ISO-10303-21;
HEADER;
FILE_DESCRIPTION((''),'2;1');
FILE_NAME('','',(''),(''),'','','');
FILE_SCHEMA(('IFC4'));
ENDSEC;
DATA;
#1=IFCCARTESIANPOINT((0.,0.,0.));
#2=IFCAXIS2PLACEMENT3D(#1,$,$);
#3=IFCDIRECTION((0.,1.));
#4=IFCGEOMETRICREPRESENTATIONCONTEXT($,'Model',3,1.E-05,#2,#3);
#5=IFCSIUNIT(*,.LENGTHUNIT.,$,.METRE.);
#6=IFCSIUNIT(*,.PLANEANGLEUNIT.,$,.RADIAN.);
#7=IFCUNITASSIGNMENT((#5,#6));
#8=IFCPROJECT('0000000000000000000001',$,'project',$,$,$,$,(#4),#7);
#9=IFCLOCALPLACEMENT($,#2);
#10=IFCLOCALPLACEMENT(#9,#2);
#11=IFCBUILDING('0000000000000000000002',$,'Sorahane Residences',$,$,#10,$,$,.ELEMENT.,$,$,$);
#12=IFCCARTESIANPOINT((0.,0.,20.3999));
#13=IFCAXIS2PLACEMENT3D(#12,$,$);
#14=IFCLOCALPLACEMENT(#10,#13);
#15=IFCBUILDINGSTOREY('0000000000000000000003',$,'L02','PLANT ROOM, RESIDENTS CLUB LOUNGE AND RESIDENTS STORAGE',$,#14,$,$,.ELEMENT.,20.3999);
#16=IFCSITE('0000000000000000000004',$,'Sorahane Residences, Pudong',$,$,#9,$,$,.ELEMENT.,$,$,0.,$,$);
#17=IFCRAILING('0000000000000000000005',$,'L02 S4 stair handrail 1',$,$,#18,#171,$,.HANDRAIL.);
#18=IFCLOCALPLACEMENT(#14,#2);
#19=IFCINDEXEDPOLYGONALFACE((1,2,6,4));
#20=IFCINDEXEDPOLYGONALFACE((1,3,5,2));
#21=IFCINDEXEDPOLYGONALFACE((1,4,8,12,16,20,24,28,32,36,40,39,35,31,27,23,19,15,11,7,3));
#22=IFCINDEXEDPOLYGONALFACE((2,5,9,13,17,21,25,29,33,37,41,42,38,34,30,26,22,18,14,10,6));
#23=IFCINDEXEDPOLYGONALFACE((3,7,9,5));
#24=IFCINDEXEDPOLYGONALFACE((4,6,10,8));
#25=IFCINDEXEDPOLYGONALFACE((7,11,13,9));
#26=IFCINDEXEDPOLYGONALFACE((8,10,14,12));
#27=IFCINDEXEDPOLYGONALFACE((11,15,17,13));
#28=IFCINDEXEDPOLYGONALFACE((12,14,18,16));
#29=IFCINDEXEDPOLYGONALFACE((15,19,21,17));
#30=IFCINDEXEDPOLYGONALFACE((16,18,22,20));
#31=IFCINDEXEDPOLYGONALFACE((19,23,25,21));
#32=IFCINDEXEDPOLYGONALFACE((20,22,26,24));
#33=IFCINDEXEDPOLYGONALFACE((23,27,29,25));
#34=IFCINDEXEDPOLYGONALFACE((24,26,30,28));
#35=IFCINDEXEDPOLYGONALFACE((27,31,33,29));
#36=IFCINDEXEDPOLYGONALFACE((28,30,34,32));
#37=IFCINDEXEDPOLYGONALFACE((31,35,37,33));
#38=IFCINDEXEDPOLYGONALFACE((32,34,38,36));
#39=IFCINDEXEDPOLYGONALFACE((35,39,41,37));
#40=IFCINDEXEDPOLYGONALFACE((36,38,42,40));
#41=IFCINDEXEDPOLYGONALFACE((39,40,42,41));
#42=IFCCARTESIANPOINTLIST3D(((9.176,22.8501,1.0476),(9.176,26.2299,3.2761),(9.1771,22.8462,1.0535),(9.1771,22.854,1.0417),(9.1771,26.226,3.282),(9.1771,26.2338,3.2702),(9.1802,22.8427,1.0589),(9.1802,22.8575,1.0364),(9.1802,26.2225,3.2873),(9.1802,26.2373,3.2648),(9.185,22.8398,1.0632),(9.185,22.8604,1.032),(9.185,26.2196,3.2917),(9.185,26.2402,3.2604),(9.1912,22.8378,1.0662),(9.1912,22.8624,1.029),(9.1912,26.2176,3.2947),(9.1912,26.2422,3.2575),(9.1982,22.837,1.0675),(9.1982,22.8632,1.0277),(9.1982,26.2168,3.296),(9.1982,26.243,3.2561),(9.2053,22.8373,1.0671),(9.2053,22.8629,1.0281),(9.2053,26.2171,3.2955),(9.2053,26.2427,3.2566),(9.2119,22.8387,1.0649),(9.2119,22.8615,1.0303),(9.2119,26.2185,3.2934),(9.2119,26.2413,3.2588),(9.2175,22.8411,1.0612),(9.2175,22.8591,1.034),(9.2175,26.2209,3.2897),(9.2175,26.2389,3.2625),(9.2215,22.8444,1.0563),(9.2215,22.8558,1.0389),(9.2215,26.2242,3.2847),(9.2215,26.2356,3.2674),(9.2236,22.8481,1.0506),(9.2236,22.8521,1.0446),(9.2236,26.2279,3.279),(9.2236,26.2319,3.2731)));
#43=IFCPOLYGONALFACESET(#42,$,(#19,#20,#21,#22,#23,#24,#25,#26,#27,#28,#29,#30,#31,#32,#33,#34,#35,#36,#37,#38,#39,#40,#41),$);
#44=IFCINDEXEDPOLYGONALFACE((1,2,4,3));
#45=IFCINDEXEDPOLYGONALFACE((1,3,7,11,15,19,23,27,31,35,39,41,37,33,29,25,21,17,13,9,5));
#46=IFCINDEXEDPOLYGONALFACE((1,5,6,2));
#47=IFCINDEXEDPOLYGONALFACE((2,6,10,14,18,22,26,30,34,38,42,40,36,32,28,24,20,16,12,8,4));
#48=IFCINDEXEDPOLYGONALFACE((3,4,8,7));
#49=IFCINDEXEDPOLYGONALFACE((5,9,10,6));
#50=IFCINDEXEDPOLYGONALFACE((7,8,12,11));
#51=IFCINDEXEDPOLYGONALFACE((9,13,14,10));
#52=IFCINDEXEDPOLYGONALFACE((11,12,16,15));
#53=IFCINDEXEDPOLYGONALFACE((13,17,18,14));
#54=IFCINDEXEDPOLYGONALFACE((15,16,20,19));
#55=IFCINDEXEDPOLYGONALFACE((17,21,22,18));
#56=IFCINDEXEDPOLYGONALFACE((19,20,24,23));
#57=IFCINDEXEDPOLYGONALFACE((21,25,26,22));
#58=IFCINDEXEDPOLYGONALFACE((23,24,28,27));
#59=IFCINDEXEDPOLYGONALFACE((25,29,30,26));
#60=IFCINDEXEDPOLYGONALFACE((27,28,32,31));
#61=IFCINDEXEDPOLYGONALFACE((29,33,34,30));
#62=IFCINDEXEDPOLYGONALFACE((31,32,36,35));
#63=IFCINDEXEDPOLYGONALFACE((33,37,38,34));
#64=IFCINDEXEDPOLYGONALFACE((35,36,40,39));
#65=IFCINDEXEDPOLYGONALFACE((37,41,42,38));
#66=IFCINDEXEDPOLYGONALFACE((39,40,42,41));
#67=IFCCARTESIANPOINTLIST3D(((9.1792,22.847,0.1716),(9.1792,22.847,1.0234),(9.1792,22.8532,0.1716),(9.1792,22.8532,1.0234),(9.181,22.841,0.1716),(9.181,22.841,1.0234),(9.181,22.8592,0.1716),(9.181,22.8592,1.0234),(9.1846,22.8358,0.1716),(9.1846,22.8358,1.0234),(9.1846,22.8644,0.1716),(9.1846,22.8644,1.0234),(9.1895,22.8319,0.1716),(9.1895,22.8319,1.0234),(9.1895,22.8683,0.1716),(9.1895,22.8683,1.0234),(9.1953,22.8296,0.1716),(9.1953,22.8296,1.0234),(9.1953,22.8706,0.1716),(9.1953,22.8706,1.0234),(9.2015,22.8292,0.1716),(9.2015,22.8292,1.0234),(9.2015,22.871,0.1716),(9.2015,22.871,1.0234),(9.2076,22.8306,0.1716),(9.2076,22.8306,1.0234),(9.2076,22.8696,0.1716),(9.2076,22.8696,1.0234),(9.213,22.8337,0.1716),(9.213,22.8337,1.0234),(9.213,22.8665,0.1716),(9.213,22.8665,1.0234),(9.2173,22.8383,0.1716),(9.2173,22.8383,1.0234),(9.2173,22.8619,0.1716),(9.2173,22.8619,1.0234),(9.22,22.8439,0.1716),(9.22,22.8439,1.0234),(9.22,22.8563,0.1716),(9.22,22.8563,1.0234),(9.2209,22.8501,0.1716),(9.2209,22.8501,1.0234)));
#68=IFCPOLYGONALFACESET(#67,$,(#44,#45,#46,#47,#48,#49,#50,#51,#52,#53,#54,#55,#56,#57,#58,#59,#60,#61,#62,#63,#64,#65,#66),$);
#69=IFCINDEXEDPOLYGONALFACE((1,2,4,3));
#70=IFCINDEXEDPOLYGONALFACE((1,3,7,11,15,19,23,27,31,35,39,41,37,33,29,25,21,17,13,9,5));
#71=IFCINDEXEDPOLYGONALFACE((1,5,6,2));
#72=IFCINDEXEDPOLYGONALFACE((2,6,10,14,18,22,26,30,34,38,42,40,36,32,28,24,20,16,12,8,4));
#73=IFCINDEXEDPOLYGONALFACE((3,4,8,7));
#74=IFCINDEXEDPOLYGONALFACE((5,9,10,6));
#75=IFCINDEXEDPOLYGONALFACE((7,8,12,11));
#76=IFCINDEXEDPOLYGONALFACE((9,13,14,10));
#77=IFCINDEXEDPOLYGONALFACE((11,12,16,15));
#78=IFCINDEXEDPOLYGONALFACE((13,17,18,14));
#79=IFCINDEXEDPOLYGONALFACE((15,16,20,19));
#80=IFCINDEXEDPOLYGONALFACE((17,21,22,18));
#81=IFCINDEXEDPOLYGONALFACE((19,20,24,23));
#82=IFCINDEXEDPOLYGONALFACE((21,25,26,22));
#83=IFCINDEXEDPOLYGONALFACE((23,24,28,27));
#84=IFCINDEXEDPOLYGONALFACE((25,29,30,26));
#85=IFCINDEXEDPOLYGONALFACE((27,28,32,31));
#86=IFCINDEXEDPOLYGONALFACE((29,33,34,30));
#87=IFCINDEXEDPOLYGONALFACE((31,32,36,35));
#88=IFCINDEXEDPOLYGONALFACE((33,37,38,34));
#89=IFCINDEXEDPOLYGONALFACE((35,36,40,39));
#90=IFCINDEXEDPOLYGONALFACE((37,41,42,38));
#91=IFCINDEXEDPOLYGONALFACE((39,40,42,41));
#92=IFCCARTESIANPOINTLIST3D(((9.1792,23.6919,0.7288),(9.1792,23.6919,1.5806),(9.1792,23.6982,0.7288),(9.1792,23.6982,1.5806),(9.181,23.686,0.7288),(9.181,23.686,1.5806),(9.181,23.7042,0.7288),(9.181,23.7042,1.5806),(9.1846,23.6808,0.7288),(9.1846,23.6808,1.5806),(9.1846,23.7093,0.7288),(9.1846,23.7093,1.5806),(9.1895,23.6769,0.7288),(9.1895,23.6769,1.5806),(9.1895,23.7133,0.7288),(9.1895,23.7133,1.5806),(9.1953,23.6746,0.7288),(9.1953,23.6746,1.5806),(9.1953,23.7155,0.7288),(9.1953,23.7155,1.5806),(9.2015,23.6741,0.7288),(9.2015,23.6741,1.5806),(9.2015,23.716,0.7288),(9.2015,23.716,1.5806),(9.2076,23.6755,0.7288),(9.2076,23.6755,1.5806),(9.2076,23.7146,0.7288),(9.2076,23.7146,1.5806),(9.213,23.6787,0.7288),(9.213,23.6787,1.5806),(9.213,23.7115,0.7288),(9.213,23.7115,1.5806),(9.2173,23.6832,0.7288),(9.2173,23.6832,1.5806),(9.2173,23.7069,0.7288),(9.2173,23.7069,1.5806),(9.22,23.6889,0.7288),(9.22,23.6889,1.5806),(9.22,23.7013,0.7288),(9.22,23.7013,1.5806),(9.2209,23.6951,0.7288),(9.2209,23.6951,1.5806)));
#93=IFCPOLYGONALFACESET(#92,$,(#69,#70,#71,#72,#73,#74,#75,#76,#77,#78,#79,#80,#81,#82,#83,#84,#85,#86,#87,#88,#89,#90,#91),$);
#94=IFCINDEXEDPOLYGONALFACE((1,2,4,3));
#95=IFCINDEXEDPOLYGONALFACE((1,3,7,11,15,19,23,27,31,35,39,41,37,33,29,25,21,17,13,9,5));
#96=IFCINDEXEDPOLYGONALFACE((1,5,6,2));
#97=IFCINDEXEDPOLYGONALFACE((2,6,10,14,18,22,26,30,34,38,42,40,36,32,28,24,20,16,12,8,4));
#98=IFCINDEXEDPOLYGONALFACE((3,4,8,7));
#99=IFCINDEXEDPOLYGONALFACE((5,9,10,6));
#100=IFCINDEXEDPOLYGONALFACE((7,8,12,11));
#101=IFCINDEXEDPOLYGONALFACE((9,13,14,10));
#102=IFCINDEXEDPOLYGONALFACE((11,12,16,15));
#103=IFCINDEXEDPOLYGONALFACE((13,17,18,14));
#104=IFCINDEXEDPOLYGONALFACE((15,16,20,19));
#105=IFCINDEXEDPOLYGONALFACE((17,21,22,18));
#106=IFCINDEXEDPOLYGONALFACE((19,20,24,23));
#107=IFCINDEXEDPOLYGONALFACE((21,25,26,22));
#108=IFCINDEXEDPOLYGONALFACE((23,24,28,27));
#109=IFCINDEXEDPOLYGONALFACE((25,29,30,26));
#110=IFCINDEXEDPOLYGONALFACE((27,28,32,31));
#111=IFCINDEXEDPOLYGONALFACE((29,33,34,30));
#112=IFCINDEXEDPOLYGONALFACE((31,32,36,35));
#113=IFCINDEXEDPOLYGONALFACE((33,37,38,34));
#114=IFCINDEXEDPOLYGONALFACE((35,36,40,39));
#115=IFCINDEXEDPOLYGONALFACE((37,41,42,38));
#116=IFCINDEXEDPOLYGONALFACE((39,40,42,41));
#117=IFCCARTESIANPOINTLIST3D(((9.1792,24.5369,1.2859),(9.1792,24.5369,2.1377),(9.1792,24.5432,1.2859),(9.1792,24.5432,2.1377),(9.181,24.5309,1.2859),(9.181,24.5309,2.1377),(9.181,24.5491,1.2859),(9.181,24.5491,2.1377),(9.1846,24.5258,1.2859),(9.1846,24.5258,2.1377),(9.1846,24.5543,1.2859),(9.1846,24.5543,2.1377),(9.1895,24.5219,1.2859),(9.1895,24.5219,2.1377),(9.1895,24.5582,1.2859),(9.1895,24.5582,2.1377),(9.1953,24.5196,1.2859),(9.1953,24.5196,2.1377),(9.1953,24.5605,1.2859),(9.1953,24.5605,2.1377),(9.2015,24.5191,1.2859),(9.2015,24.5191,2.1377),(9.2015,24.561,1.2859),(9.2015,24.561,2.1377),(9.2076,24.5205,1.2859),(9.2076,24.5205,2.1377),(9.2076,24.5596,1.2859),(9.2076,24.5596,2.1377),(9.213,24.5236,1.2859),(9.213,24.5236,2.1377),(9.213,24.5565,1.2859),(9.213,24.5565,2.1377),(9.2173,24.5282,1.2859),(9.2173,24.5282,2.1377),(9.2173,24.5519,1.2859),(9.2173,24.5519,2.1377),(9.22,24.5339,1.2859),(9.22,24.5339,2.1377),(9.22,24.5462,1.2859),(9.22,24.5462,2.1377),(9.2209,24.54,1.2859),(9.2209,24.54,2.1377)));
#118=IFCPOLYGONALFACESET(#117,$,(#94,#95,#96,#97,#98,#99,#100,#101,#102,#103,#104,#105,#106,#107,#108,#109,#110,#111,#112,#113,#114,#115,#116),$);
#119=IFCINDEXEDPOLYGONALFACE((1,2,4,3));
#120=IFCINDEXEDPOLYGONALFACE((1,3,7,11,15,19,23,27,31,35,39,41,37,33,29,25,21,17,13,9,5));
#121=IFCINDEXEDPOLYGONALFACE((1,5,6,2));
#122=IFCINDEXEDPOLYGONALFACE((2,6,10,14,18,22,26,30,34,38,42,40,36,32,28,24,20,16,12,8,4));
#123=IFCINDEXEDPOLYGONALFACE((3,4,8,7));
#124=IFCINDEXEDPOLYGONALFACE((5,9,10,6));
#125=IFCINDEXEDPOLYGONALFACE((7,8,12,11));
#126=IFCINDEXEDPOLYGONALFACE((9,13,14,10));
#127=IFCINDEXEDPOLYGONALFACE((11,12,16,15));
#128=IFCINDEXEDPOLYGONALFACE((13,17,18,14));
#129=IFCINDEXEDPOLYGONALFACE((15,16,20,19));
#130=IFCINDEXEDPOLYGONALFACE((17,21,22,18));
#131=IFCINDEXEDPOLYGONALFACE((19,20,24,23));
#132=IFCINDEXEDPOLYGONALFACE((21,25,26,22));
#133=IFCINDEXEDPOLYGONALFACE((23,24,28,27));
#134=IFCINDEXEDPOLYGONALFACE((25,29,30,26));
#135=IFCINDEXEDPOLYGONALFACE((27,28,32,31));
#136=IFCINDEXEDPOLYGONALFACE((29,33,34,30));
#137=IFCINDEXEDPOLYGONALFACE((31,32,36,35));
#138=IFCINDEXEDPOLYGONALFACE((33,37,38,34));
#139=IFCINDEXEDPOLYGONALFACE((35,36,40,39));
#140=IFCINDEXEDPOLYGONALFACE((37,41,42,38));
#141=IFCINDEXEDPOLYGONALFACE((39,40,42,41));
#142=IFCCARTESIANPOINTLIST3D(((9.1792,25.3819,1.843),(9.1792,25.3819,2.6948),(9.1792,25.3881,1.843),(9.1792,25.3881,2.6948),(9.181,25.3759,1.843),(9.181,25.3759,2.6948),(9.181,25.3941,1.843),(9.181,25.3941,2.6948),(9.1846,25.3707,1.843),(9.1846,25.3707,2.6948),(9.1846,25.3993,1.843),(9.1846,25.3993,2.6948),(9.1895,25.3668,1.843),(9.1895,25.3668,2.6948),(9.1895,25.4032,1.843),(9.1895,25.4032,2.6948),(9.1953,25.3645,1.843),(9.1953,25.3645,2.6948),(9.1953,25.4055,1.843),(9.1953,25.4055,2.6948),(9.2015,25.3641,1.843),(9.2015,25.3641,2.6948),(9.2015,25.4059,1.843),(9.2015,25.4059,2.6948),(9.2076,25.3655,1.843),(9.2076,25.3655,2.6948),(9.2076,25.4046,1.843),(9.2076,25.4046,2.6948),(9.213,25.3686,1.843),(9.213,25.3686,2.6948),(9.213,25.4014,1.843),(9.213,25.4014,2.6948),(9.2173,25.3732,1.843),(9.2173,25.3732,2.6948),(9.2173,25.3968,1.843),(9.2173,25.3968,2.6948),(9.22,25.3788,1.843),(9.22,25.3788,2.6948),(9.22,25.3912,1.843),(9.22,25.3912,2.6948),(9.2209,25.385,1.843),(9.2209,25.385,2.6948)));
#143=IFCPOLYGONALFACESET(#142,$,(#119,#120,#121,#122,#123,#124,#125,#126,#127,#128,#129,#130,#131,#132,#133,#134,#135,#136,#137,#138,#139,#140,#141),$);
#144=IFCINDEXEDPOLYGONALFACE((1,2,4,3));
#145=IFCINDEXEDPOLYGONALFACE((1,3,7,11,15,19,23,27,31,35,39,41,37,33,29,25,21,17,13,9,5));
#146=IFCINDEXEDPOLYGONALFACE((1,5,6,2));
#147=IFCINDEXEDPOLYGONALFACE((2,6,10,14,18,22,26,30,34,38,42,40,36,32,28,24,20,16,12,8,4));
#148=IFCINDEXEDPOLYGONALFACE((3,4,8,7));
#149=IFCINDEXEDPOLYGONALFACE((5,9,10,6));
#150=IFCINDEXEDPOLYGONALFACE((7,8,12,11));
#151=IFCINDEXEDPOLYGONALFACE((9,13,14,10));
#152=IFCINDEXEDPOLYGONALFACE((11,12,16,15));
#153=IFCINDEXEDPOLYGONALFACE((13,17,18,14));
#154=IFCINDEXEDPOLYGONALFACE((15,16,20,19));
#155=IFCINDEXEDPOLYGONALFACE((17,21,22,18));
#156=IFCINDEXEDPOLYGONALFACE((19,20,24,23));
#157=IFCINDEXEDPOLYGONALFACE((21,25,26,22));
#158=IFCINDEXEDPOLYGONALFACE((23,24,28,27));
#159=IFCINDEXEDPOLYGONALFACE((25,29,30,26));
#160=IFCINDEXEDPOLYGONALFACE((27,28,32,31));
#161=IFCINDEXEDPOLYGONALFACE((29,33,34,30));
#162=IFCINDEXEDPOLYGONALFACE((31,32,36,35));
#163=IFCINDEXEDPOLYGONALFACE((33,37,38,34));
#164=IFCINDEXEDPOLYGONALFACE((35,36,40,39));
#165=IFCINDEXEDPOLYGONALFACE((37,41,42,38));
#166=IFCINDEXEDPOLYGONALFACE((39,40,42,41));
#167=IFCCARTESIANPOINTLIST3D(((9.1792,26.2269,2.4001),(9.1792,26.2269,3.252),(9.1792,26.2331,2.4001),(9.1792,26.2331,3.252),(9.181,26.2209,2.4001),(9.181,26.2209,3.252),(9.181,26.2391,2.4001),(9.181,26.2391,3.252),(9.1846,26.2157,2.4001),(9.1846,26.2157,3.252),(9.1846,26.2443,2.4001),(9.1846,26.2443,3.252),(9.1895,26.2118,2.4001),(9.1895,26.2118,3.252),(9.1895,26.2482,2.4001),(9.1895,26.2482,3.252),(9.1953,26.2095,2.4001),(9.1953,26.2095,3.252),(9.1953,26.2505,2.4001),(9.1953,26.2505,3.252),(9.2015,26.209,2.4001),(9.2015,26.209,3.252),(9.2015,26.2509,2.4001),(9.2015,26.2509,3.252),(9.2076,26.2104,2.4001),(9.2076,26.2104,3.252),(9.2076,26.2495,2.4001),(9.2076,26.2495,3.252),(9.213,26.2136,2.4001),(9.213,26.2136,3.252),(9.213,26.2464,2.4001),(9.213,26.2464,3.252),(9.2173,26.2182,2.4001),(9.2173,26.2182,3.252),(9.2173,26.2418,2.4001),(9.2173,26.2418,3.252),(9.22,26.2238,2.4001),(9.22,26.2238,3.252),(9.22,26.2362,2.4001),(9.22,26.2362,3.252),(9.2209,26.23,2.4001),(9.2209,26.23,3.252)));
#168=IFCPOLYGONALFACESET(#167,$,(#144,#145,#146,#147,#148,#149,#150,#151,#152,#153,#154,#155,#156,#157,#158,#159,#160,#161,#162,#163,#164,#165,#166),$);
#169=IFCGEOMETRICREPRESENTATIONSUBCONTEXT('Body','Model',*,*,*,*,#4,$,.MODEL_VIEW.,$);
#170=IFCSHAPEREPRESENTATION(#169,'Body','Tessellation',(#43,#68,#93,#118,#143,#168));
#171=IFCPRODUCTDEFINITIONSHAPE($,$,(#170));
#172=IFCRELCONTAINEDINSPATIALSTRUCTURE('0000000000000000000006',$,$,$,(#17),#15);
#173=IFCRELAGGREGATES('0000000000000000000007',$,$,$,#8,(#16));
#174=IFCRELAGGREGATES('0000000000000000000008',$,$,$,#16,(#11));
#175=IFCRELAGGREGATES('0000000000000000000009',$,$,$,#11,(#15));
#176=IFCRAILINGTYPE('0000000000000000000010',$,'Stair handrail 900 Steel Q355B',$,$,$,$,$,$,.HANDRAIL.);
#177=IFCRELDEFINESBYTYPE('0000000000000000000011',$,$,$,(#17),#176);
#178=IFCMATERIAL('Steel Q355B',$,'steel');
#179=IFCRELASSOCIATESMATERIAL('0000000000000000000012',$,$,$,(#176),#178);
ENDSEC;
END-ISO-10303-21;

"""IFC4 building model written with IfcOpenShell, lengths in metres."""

from ifc_helpers import new_model, si_unit, direction, frame, origin, origin_2d, place, context, subcontext, project, spatial, circle, extrude, material, type_object, element, save


model = new_model("IFC4")

# Units and contexts
model_context = context("Model", 3, precision=1e-05, world=origin(), true_north=direction((0.0, 1.0)))
body_context = subcontext(model_context, "Body", "Model", "MODEL_VIEW")
ifc_project = project(units=[si_unit("LENGTHUNIT", "METRE"), si_unit("PLANEANGLEUNIT", "RADIAN")], contexts=[model_context])

# Site, building, storey
site_placement = place(None, origin())
site = spatial("IfcSite", under=ifc_project, at=site_placement, Name="Sorahane Residences, Pudong", CompositionType="ELEMENT", RefElevation=0.0)
building_placement = place(site_placement, origin())
building = spatial("IfcBuilding", under=site, at=building_placement, Name="Sorahane Residences", CompositionType="ELEMENT")
storey_placement = place(building_placement, frame((0.0, 0.0, 20.3999)))
storey = spatial("IfcBuildingStorey", under=building, at=storey_placement, Name="L02", Description="PLANT ROOM, RESIDENTS CLUB LOUNGE AND RESIDENTS STORAGE", CompositionType="ELEMENT", Elevation=20.3999)

# Railing
ifc_material_1 = material(Name="Steel Q355B", Category="steel")
railing_type_1 = type_object("IfcRailingType", Name="Stair handrail 900 Steel Q355B", PredefinedType="HANDRAIL", material=ifc_material_1)
railing_1_placement = place(storey_placement, frame((9.2, 22.8501, 0.1716)))
element("IfcRailing", 1, at=railing_1_placement, inside=storey, type_object=railing_type_1, Name="L02 S4 stair handrail 1", PredefinedType="HANDRAIL", context=body_context, shape_type="SweptSolid", body=[
    extrude(circle(Radius=0.0239, at=origin_2d()), frame((0.0, 0.0, 0.876), z_axis=(0.0, 0.83486, 0.550462), x_axis=(-1.0, 0.0, 0.0)), (0.0, 0.0, 1.0), 4.0483),
    extrude(circle(Radius=0.021, at=origin_2d()), origin(), (0.0, 0.0, 1.0), 0.8518),
    extrude(circle(Radius=0.021, at=origin_2d()), frame((0.0, 0.845, 0.5571)), (0.0, 0.0, 1.0), 0.8518),
    extrude(circle(Radius=0.021, at=origin_2d()), frame((0.0, 1.6899, 1.1143)), (0.0, 0.0, 1.0), 0.8518),
    extrude(circle(Radius=0.021, at=origin_2d()), frame((0.0, 2.5349, 1.6714)), (0.0, 0.0, 1.0), 0.8518),
    extrude(circle(Radius=0.021, at=origin_2d()), frame((0.0, 3.3799, 2.2285)), (0.0, 0.0, 1.0), 0.8518),
])

save(model, "model.ifc")
